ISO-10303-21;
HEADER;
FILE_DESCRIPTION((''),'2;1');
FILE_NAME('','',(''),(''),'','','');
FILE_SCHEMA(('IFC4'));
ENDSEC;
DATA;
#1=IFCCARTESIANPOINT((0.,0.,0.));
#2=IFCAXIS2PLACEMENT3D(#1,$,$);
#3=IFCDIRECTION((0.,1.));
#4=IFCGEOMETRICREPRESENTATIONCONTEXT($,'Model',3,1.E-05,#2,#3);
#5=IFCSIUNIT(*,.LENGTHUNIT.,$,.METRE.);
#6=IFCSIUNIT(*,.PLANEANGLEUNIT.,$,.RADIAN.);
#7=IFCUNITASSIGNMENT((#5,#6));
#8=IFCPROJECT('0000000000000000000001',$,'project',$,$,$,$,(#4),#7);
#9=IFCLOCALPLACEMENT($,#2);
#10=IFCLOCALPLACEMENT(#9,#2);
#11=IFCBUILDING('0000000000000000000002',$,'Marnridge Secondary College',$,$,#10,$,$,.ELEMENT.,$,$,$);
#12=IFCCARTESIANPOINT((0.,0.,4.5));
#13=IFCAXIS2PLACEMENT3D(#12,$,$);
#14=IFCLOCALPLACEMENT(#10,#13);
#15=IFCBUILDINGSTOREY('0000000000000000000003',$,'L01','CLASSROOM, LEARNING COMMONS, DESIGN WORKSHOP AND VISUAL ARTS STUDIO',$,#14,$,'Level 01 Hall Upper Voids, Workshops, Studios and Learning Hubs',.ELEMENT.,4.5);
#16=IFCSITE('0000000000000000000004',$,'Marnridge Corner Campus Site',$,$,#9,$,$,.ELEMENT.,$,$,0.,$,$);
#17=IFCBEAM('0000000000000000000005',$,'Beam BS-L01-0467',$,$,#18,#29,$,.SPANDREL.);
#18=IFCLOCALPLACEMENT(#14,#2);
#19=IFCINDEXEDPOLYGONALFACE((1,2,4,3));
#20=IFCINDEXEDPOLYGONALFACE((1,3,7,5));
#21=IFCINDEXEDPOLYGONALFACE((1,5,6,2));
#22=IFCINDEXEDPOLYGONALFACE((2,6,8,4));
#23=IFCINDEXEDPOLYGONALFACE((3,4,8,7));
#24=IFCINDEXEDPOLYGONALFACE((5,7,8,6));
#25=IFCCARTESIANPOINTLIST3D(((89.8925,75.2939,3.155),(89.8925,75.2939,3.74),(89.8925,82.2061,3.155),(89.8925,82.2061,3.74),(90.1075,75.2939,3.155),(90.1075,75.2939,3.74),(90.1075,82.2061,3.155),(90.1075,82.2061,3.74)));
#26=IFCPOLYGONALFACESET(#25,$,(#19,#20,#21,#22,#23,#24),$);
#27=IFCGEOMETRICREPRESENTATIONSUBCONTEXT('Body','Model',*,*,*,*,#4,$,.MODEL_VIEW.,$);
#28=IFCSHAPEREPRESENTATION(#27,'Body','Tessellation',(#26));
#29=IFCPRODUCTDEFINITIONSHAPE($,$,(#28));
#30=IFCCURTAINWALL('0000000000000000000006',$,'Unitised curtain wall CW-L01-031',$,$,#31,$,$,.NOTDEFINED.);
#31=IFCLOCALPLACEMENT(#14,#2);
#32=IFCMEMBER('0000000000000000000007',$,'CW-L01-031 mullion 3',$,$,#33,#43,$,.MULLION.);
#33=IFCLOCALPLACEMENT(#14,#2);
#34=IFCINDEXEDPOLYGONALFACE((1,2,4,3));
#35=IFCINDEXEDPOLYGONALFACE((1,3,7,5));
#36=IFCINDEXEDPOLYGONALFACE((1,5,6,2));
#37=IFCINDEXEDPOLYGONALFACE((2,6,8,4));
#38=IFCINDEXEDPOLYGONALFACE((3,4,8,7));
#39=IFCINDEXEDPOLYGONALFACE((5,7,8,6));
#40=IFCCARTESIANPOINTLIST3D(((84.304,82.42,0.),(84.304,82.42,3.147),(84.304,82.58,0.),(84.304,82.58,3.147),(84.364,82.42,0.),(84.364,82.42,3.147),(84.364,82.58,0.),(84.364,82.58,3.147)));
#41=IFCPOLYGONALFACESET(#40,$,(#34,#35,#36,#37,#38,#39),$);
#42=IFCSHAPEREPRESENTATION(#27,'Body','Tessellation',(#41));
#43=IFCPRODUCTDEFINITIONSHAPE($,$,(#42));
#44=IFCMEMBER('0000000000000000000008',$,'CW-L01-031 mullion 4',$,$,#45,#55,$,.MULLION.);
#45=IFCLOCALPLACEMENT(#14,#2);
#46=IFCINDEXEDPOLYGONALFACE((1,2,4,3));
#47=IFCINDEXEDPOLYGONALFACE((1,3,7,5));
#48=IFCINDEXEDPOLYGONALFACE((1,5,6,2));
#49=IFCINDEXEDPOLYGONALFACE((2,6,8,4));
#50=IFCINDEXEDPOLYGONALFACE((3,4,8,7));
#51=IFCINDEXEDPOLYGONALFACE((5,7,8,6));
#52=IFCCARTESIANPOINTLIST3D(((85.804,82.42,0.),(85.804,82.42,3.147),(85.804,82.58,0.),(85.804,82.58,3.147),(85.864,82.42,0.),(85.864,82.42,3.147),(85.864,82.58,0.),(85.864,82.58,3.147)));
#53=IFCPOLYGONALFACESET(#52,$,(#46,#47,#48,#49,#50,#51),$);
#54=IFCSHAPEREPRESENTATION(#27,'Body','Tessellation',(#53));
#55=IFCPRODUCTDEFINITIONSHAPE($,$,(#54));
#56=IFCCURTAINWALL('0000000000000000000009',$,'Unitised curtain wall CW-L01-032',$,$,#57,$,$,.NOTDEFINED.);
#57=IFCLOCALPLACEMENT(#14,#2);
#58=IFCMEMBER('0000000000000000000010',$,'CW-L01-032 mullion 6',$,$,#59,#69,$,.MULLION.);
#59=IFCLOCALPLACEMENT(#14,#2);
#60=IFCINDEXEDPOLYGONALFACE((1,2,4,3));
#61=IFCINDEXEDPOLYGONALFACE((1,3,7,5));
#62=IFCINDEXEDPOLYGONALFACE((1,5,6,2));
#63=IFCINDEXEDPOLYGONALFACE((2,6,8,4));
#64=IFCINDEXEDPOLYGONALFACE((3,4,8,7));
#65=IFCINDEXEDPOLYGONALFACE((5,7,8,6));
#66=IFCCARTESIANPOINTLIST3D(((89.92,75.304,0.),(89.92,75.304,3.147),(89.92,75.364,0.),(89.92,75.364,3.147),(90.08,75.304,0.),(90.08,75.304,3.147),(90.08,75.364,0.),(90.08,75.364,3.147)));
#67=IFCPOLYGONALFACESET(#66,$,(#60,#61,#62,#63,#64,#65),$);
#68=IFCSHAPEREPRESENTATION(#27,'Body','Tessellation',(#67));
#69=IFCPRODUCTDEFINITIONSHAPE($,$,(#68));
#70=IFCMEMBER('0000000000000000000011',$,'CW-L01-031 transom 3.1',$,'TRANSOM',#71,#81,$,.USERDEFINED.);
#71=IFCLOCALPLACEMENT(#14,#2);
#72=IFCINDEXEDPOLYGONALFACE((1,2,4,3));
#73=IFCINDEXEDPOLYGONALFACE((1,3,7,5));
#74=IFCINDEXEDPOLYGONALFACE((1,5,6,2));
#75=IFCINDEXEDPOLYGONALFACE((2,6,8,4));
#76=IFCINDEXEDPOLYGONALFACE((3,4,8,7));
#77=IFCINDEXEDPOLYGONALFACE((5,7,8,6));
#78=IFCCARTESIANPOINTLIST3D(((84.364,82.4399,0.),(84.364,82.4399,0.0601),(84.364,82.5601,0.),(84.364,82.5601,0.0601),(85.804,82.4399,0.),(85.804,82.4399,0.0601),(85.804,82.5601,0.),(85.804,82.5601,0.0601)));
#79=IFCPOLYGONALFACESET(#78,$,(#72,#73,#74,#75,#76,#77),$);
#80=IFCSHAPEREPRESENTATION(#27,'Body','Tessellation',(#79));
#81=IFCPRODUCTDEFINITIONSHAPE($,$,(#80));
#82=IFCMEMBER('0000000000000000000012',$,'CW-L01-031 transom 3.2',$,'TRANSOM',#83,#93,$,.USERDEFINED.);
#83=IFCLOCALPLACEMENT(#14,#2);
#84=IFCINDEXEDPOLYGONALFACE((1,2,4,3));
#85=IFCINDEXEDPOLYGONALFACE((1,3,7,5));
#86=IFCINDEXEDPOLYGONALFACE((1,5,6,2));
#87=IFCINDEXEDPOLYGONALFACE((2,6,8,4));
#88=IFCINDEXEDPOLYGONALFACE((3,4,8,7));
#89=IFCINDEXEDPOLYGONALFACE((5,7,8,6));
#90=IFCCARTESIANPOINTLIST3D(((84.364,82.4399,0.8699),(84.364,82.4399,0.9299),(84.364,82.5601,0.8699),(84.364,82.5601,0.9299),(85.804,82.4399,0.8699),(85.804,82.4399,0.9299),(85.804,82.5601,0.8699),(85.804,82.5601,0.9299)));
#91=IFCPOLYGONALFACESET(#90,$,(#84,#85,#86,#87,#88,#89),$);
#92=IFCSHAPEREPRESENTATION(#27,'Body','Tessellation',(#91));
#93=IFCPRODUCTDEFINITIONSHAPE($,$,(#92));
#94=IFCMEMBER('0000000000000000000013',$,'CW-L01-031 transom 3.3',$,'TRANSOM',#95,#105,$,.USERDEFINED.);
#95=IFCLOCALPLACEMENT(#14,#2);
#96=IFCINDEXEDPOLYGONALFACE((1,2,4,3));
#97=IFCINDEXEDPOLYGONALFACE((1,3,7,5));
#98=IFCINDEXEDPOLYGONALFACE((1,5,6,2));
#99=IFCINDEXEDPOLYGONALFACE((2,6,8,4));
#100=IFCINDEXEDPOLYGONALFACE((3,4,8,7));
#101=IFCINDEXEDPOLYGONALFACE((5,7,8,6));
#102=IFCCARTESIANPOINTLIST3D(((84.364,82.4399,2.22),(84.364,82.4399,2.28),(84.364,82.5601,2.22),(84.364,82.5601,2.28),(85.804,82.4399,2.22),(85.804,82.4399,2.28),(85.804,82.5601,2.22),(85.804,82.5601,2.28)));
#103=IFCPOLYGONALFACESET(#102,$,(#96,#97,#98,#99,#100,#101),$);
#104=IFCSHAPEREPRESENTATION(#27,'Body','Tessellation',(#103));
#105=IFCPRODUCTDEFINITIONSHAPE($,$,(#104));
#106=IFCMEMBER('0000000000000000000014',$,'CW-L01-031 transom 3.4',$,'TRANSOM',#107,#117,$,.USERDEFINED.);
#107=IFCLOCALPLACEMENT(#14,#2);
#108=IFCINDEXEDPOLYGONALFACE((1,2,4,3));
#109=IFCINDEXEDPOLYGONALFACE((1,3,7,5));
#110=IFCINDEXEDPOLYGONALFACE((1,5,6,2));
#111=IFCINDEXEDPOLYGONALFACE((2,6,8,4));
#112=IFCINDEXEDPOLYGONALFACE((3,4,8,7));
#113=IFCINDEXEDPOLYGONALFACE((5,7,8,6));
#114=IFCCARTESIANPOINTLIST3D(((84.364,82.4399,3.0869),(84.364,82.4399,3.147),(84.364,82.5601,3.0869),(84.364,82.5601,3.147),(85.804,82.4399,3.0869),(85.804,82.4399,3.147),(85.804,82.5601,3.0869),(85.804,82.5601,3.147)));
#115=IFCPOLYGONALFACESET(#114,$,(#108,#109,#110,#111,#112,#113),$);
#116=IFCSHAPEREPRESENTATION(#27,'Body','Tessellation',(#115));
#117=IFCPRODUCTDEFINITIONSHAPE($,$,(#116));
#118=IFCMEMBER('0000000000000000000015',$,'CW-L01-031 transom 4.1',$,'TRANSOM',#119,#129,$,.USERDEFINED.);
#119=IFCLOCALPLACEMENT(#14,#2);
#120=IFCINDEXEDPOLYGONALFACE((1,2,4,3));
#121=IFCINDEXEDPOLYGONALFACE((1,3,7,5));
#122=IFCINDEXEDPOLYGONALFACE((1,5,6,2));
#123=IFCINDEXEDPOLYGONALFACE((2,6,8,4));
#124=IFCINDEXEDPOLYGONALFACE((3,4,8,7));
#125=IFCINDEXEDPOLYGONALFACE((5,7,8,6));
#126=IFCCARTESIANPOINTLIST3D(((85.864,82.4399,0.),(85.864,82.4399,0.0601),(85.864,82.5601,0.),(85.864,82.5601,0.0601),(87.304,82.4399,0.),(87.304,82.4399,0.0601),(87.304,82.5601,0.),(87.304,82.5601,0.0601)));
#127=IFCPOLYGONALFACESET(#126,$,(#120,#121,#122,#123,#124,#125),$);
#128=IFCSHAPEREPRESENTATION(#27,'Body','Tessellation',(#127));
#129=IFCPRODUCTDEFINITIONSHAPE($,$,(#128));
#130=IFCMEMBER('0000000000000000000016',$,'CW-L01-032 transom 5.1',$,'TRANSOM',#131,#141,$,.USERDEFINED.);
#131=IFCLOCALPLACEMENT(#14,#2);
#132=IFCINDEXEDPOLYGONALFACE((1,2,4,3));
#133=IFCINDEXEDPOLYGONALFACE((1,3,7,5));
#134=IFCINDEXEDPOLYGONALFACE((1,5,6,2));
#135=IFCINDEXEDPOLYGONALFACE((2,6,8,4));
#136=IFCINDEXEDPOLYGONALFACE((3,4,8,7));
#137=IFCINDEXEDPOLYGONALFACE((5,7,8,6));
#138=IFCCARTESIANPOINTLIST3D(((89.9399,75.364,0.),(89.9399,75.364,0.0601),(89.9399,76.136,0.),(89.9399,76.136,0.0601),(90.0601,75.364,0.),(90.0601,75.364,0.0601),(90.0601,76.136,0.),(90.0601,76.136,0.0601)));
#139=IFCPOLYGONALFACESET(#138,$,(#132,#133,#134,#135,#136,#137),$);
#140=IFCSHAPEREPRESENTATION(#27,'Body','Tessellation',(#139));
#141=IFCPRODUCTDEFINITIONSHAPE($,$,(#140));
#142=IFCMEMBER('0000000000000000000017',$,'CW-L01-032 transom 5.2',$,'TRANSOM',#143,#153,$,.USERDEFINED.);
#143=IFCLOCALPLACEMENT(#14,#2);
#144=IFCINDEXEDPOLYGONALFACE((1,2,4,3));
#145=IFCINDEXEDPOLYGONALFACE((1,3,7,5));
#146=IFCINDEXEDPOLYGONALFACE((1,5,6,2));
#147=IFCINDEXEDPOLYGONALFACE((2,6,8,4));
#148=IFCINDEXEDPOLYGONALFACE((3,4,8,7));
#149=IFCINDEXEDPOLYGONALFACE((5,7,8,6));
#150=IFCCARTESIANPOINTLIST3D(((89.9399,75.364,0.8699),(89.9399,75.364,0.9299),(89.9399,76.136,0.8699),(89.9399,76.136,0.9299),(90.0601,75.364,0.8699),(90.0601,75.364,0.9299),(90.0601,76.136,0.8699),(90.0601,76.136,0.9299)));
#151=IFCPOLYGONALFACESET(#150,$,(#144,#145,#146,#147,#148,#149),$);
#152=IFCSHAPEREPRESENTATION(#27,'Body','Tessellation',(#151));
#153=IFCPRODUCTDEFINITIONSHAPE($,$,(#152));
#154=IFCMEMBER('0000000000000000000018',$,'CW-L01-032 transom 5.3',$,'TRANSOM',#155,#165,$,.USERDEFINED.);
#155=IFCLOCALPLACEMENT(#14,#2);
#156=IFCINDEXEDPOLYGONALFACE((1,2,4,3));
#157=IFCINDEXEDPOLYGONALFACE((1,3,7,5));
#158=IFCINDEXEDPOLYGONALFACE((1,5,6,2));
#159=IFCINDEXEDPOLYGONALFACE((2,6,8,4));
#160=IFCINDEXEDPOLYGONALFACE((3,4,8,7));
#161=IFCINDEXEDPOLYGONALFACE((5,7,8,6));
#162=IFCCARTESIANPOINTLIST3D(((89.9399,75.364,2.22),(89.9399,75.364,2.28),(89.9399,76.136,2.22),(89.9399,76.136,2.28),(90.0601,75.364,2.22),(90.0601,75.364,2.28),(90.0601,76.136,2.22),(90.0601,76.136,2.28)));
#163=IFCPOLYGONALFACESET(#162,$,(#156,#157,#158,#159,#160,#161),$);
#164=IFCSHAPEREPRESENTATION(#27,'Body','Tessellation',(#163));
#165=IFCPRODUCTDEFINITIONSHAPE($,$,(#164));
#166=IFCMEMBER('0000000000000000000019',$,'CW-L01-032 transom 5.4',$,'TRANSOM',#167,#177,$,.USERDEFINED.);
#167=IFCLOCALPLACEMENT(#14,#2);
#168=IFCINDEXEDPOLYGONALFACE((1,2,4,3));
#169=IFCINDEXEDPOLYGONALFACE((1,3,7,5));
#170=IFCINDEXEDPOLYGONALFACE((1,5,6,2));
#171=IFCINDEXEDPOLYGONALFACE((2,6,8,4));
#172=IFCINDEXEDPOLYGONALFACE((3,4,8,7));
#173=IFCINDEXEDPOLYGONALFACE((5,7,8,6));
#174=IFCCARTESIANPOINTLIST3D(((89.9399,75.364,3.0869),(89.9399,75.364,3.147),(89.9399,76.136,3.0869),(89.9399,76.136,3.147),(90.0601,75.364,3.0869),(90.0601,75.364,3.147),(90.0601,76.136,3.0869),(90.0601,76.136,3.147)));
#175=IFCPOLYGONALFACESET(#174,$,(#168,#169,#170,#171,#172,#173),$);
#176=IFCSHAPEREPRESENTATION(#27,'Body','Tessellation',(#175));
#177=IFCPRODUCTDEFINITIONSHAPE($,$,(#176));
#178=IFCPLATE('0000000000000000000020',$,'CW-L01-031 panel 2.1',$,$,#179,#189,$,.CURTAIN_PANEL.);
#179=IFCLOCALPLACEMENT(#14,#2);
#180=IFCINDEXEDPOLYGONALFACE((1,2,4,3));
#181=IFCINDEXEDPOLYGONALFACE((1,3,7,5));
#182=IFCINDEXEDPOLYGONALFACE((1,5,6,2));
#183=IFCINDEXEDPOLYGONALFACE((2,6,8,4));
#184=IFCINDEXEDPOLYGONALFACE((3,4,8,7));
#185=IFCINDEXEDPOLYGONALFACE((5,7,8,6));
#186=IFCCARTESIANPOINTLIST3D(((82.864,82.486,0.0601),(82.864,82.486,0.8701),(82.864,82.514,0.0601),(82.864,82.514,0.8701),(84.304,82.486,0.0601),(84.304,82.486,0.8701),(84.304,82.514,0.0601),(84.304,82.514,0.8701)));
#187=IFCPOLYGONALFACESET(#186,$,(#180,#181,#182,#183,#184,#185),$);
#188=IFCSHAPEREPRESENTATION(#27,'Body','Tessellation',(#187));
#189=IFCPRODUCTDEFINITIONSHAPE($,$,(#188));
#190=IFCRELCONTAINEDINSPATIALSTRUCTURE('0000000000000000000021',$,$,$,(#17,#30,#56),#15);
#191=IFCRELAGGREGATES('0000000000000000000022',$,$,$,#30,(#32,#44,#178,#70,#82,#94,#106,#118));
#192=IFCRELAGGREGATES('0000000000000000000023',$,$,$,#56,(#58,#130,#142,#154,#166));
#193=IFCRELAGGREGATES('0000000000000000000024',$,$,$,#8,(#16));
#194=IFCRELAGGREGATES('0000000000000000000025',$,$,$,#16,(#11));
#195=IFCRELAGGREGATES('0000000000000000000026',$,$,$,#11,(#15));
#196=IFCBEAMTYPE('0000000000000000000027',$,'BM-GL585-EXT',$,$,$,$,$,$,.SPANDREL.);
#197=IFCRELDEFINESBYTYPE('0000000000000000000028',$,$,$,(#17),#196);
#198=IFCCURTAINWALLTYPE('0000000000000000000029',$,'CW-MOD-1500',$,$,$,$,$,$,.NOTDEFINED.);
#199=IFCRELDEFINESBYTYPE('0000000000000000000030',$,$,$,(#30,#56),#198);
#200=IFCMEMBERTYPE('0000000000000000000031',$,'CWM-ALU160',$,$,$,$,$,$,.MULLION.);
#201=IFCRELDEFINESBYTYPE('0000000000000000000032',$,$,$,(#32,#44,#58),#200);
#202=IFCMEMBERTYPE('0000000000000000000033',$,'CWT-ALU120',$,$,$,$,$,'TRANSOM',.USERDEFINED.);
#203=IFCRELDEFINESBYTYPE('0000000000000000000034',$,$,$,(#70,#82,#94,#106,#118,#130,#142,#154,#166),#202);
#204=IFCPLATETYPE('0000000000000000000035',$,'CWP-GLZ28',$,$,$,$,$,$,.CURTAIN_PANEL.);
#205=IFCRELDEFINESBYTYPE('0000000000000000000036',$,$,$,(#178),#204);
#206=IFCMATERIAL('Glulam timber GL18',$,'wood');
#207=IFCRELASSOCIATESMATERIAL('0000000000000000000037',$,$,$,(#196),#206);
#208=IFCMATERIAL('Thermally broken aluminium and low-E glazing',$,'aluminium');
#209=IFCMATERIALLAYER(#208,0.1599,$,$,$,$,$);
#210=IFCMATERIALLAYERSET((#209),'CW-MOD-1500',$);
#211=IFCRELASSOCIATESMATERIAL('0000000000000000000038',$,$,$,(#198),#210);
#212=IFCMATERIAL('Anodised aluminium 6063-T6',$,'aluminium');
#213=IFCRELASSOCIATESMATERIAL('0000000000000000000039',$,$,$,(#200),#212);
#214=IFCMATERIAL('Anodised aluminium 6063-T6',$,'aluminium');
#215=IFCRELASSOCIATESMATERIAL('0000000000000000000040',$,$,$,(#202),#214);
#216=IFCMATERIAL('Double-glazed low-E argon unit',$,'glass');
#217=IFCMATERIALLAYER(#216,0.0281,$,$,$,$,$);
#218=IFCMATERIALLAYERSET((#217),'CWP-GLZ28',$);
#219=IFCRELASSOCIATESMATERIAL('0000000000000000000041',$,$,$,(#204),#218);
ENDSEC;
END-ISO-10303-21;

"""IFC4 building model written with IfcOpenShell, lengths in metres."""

from ifc_helpers import new_model, si_unit, direction, frame, origin, origin_2d, place, context, subcontext, project, spatial, rectangle, extrude, material, layer, layer_set, material_profile, profile_set, type_object, element, aggregate, save


model = new_model("IFC4")

# Units and contexts
model_context = context("Model", 3, precision=1e-05, world=origin(), true_north=direction((0.0, 1.0)))
body_context = subcontext(model_context, "Body", "Model", "MODEL_VIEW")
ifc_project = project(units=[si_unit("LENGTHUNIT", "METRE"), si_unit("PLANEANGLEUNIT", "RADIAN")], contexts=[model_context])

# Site, building, storey
site_placement = place(None, origin())
site = spatial("IfcSite", under=ifc_project, at=site_placement, Name="Marnridge Corner Campus Site", CompositionType="ELEMENT", RefElevation=0.0)
building_placement = place(site_placement, origin())
building = spatial("IfcBuilding", under=site, at=building_placement, Name="Marnridge Secondary College", CompositionType="ELEMENT")
storey_placement = place(building_placement, frame((0.0, 0.0, 4.5)))
storey = spatial("IfcBuildingStorey", under=building, at=storey_placement, Name="L01", Description="CLASSROOM, LEARNING COMMONS, DESIGN WORKSHOP AND VISUAL ARTS STUDIO", LongName="Level 01 Hall Upper Voids, Workshops, Studios and Learning Hubs", CompositionType="ELEMENT", Elevation=4.5)

# Beam
ifc_material_1 = material(Name="Glulam timber GL18", Category="wood")
ifc_material_profile_1 = material_profile(ifc_material_1, rectangle(XDim=0.2151, YDim=0.585, at=origin_2d()), Name="GL18 215x585")
ifc_profile_set_1 = profile_set([ifc_material_profile_1], Name="Glulam timber GL18")
beam_type = type_object("IfcBeamType", Name="BM-GL585-EXT", PredefinedType="SPANDREL", material=ifc_profile_set_1)
beam_placement = place(storey_placement, frame((90.0, 75.2939, 3.4475), z_axis=(0.0, 1.0, 0.0), x_axis=(-1.0, 0.0, 0.0)))
element("IfcBeam", 1, at=beam_placement, inside=storey, type_object=beam_type, Name="Beam BS-L01-0467", PredefinedType="SPANDREL", context=body_context, shape_type="SweptSolid", body=[
    extrude(rectangle(XDim=0.2151, YDim=0.585, at=origin_2d()), origin(), (0.0, 0.0, 1.0), 6.9121),
])

# Curtain wall, members
ifc_material_2 = material(Name="Thermally broken aluminium and low-E glazing", Category="aluminium")
ifc_layer_1 = layer(ifc_material_2, 0.1599)
ifc_layer_set_1 = layer_set([ifc_layer_1], Name="CW-MOD-1500")
curtain_wall_type = type_object("IfcCurtainWallType", Name="CW-MOD-1500", PredefinedType="NOTDEFINED", material=ifc_layer_set_1)
curtain_wall_1_placement = place(storey_placement, origin())
curtain_wall_1 = element("IfcCurtainWall", 2, at=curtain_wall_1_placement, inside=storey, type_object=curtain_wall_type, Name="Unitised curtain wall CW-L01-031", PredefinedType="NOTDEFINED")
ifc_material_3 = material(Name="Anodised aluminium 6063-T6", Category="aluminium")
ifc_material_profile_2 = material_profile(ifc_material_3, rectangle(XDim=0.0601, YDim=0.1599, at=origin_2d()), Name="ALU 60x160")
ifc_profile_set_2 = profile_set([ifc_material_profile_2], Name="Anodised aluminium 6063-T6")
member_type_1 = type_object("IfcMemberType", Name="CWM-ALU160", PredefinedType="MULLION", material=ifc_profile_set_2)
member_1_placement = place(storey_placement, frame((84.334, 82.5, 0.0), z_axis=(0.0, 0.0, 1.0), x_axis=(1.0, 0.0, 0.0)))
member_1 = element("IfcMember", 3, at=member_1_placement, type_object=member_type_1, Name="CW-L01-031 mullion 3", PredefinedType="MULLION", context=body_context, shape_type="SweptSolid", body=[
    extrude(rectangle(XDim=0.0601, YDim=0.1599, at=origin_2d()), origin(), (0.0, 0.0, 1.0), 3.147),
])
member_2_placement = place(storey_placement, frame((85.834, 82.5, 0.0), z_axis=(0.0, 0.0, 1.0), x_axis=(1.0, 0.0, 0.0)))
member_2 = element("IfcMember", 4, at=member_2_placement, type_object=member_type_1, Name="CW-L01-031 mullion 4", PredefinedType="MULLION", context=body_context, shape_type="SweptSolid", body=[
    extrude(rectangle(XDim=0.0601, YDim=0.1599, at=origin_2d()), origin(), (0.0, 0.0, 1.0), 3.147),
])

# Curtain wall, member
curtain_wall_2_placement = place(storey_placement, origin())
curtain_wall_2 = element("IfcCurtainWall", 5, at=curtain_wall_2_placement, inside=storey, type_object=curtain_wall_type, Name="Unitised curtain wall CW-L01-032", PredefinedType="NOTDEFINED")
member_3_placement = place(storey_placement, frame((90.0, 75.334, 0.0), z_axis=(0.0, 0.0, 1.0), x_axis=(0.0, -1.0, 0.0)))
member_3 = element("IfcMember", 6, at=member_3_placement, type_object=member_type_1, Name="CW-L01-032 mullion 6", PredefinedType="MULLION", context=body_context, shape_type="SweptSolid", body=[
    extrude(rectangle(XDim=0.0601, YDim=0.1599, at=origin_2d()), origin(), (0.0, 0.0, 1.0), 3.147),
])

# Members
ifc_material_4 = material(Name="Anodised aluminium 6063-T6", Category="aluminium")
ifc_material_profile_3 = material_profile(ifc_material_4, rectangle(XDim=0.0601, YDim=0.1201, at=origin_2d()), Name="ALU 60x120")
ifc_profile_set_3 = profile_set([ifc_material_profile_3], Name="Anodised aluminium 6063-T6")
member_type_2 = type_object("IfcMemberType", Name="CWT-ALU120", ElementType="TRANSOM", PredefinedType="USERDEFINED", material=ifc_profile_set_3)
member_4_placement = place(storey_placement, frame((84.364, 82.5, 0.03), z_axis=(1.0, 0.0, 0.0), x_axis=(0.0, 0.0, 1.0)))
member_4 = element("IfcMember", 7, at=member_4_placement, type_object=member_type_2, Name="CW-L01-031 transom 3.1", ObjectType="TRANSOM", PredefinedType="USERDEFINED", context=body_context, shape_type="SweptSolid", body=[
    extrude(rectangle(XDim=0.0601, YDim=0.1201, at=origin_2d()), origin(), (0.0, 0.0, 1.0), 1.4399),
])
member_5_placement = place(storey_placement, frame((84.364, 82.5, 0.8999), z_axis=(1.0, 0.0, 0.0), x_axis=(0.0, 0.0, 1.0)))
member_5 = element("IfcMember", 8, at=member_5_placement, type_object=member_type_2, Name="CW-L01-031 transom 3.2", ObjectType="TRANSOM", PredefinedType="USERDEFINED", context=body_context, shape_type="SweptSolid", body=[
    extrude(rectangle(XDim=0.0601, YDim=0.1201, at=origin_2d()), origin(), (0.0, 0.0, 1.0), 1.4399),
])
member_6_placement = place(storey_placement, frame((84.364, 82.5, 2.25), z_axis=(1.0, 0.0, 0.0), x_axis=(0.0, 0.0, 1.0)))
member_6 = element("IfcMember", 9, at=member_6_placement, type_object=member_type_2, Name="CW-L01-031 transom 3.3", ObjectType="TRANSOM", PredefinedType="USERDEFINED", context=body_context, shape_type="SweptSolid", body=[
    extrude(rectangle(XDim=0.0601, YDim=0.1201, at=origin_2d()), origin(), (0.0, 0.0, 1.0), 1.4399),
])
member_7_placement = place(storey_placement, frame((84.364, 82.5, 3.1169), z_axis=(1.0, 0.0, 0.0), x_axis=(0.0, 0.0, 1.0)))
member_7 = element("IfcMember", 10, at=member_7_placement, type_object=member_type_2, Name="CW-L01-031 transom 3.4", ObjectType="TRANSOM", PredefinedType="USERDEFINED", context=body_context, shape_type="SweptSolid", body=[
    extrude(rectangle(XDim=0.0601, YDim=0.1201, at=origin_2d()), origin(), (0.0, 0.0, 1.0), 1.4399),
])
member_8_placement = place(storey_placement, frame((85.864, 82.5, 0.03), z_axis=(1.0, 0.0, 0.0), x_axis=(0.0, 0.0, 1.0)))
member_8 = element("IfcMember", 11, at=member_8_placement, type_object=member_type_2, Name="CW-L01-031 transom 4.1", ObjectType="TRANSOM", PredefinedType="USERDEFINED", context=body_context, shape_type="SweptSolid", body=[
    extrude(rectangle(XDim=0.0601, YDim=0.1201, at=origin_2d()), origin(), (0.0, 0.0, 1.0), 1.4399),
])
member_9_placement = place(storey_placement, frame((90.0, 76.136, 0.03), z_axis=(0.0, -1.0, 0.0), x_axis=(0.0, 0.0, 1.0)))
member_9 = element("IfcMember", 12, at=member_9_placement, type_object=member_type_2, Name="CW-L01-032 transom 5.1", ObjectType="TRANSOM", PredefinedType="USERDEFINED", context=body_context, shape_type="SweptSolid", body=[
    extrude(rectangle(XDim=0.0601, YDim=0.1201, at=origin_2d()), origin(), (0.0, 0.0, 1.0), 0.772),
])
member_10_placement = place(storey_placement, frame((90.0, 76.136, 0.8999), z_axis=(0.0, -1.0, 0.0), x_axis=(0.0, 0.0, 1.0)))
member_10 = element("IfcMember", 13, at=member_10_placement, type_object=member_type_2, Name="CW-L01-032 transom 5.2", ObjectType="TRANSOM", PredefinedType="USERDEFINED", context=body_context, shape_type="SweptSolid", body=[
    extrude(rectangle(XDim=0.0601, YDim=0.1201, at=origin_2d()), origin(), (0.0, 0.0, 1.0), 0.772),
])
member_11_placement = place(storey_placement, frame((90.0, 76.136, 2.25), z_axis=(0.0, -1.0, 0.0), x_axis=(0.0, 0.0, 1.0)))
member_11 = element("IfcMember", 14, at=member_11_placement, type_object=member_type_2, Name="CW-L01-032 transom 5.3", ObjectType="TRANSOM", PredefinedType="USERDEFINED", context=body_context, shape_type="SweptSolid", body=[
    extrude(rectangle(XDim=0.0601, YDim=0.1201, at=origin_2d()), origin(), (0.0, 0.0, 1.0), 0.772),
])
member_12_placement = place(storey_placement, frame((90.0, 76.136, 3.1169), z_axis=(0.0, -1.0, 0.0), x_axis=(0.0, 0.0, 1.0)))
member_12 = element("IfcMember", 15, at=member_12_placement, type_object=member_type_2, Name="CW-L01-032 transom 5.4", ObjectType="TRANSOM", PredefinedType="USERDEFINED", context=body_context, shape_type="SweptSolid", body=[
    extrude(rectangle(XDim=0.0601, YDim=0.1201, at=origin_2d()), origin(), (0.0, 0.0, 1.0), 0.772),
])

# Plate
ifc_material_5 = material(Name="Double-glazed low-E argon unit", Category="glass")
ifc_layer_2 = layer(ifc_material_5, 0.0281)
ifc_layer_set_2 = layer_set([ifc_layer_2], Name="CWP-GLZ28")
plate_type = type_object("IfcPlateType", Name="CWP-GLZ28", PredefinedType="CURTAIN_PANEL", material=ifc_layer_set_2)
plate_1_placement = place(storey_placement, frame((83.584, 82.5, 0.0601), z_axis=(0.0, 0.0, 1.0), x_axis=(1.0, 0.0, 0.0)))
plate_1 = element("IfcPlate", 16, at=plate_1_placement, type_object=plate_type, Name="CW-L01-031 panel 2.1", PredefinedType="CURTAIN_PANEL", context=body_context, shape_type="SweptSolid", body=[
    extrude(rectangle(XDim=1.4399, YDim=0.0281, at=origin_2d()), origin(), (0.0, 0.0, 1.0), 0.8101),
])
aggregate(curtain_wall_1, [member_1, member_2, plate_1, member_4, member_5, member_6, member_7, member_8])
aggregate(curtain_wall_2, [member_3, member_9, member_10, member_11, member_12])

save(model, "model.ifc")
